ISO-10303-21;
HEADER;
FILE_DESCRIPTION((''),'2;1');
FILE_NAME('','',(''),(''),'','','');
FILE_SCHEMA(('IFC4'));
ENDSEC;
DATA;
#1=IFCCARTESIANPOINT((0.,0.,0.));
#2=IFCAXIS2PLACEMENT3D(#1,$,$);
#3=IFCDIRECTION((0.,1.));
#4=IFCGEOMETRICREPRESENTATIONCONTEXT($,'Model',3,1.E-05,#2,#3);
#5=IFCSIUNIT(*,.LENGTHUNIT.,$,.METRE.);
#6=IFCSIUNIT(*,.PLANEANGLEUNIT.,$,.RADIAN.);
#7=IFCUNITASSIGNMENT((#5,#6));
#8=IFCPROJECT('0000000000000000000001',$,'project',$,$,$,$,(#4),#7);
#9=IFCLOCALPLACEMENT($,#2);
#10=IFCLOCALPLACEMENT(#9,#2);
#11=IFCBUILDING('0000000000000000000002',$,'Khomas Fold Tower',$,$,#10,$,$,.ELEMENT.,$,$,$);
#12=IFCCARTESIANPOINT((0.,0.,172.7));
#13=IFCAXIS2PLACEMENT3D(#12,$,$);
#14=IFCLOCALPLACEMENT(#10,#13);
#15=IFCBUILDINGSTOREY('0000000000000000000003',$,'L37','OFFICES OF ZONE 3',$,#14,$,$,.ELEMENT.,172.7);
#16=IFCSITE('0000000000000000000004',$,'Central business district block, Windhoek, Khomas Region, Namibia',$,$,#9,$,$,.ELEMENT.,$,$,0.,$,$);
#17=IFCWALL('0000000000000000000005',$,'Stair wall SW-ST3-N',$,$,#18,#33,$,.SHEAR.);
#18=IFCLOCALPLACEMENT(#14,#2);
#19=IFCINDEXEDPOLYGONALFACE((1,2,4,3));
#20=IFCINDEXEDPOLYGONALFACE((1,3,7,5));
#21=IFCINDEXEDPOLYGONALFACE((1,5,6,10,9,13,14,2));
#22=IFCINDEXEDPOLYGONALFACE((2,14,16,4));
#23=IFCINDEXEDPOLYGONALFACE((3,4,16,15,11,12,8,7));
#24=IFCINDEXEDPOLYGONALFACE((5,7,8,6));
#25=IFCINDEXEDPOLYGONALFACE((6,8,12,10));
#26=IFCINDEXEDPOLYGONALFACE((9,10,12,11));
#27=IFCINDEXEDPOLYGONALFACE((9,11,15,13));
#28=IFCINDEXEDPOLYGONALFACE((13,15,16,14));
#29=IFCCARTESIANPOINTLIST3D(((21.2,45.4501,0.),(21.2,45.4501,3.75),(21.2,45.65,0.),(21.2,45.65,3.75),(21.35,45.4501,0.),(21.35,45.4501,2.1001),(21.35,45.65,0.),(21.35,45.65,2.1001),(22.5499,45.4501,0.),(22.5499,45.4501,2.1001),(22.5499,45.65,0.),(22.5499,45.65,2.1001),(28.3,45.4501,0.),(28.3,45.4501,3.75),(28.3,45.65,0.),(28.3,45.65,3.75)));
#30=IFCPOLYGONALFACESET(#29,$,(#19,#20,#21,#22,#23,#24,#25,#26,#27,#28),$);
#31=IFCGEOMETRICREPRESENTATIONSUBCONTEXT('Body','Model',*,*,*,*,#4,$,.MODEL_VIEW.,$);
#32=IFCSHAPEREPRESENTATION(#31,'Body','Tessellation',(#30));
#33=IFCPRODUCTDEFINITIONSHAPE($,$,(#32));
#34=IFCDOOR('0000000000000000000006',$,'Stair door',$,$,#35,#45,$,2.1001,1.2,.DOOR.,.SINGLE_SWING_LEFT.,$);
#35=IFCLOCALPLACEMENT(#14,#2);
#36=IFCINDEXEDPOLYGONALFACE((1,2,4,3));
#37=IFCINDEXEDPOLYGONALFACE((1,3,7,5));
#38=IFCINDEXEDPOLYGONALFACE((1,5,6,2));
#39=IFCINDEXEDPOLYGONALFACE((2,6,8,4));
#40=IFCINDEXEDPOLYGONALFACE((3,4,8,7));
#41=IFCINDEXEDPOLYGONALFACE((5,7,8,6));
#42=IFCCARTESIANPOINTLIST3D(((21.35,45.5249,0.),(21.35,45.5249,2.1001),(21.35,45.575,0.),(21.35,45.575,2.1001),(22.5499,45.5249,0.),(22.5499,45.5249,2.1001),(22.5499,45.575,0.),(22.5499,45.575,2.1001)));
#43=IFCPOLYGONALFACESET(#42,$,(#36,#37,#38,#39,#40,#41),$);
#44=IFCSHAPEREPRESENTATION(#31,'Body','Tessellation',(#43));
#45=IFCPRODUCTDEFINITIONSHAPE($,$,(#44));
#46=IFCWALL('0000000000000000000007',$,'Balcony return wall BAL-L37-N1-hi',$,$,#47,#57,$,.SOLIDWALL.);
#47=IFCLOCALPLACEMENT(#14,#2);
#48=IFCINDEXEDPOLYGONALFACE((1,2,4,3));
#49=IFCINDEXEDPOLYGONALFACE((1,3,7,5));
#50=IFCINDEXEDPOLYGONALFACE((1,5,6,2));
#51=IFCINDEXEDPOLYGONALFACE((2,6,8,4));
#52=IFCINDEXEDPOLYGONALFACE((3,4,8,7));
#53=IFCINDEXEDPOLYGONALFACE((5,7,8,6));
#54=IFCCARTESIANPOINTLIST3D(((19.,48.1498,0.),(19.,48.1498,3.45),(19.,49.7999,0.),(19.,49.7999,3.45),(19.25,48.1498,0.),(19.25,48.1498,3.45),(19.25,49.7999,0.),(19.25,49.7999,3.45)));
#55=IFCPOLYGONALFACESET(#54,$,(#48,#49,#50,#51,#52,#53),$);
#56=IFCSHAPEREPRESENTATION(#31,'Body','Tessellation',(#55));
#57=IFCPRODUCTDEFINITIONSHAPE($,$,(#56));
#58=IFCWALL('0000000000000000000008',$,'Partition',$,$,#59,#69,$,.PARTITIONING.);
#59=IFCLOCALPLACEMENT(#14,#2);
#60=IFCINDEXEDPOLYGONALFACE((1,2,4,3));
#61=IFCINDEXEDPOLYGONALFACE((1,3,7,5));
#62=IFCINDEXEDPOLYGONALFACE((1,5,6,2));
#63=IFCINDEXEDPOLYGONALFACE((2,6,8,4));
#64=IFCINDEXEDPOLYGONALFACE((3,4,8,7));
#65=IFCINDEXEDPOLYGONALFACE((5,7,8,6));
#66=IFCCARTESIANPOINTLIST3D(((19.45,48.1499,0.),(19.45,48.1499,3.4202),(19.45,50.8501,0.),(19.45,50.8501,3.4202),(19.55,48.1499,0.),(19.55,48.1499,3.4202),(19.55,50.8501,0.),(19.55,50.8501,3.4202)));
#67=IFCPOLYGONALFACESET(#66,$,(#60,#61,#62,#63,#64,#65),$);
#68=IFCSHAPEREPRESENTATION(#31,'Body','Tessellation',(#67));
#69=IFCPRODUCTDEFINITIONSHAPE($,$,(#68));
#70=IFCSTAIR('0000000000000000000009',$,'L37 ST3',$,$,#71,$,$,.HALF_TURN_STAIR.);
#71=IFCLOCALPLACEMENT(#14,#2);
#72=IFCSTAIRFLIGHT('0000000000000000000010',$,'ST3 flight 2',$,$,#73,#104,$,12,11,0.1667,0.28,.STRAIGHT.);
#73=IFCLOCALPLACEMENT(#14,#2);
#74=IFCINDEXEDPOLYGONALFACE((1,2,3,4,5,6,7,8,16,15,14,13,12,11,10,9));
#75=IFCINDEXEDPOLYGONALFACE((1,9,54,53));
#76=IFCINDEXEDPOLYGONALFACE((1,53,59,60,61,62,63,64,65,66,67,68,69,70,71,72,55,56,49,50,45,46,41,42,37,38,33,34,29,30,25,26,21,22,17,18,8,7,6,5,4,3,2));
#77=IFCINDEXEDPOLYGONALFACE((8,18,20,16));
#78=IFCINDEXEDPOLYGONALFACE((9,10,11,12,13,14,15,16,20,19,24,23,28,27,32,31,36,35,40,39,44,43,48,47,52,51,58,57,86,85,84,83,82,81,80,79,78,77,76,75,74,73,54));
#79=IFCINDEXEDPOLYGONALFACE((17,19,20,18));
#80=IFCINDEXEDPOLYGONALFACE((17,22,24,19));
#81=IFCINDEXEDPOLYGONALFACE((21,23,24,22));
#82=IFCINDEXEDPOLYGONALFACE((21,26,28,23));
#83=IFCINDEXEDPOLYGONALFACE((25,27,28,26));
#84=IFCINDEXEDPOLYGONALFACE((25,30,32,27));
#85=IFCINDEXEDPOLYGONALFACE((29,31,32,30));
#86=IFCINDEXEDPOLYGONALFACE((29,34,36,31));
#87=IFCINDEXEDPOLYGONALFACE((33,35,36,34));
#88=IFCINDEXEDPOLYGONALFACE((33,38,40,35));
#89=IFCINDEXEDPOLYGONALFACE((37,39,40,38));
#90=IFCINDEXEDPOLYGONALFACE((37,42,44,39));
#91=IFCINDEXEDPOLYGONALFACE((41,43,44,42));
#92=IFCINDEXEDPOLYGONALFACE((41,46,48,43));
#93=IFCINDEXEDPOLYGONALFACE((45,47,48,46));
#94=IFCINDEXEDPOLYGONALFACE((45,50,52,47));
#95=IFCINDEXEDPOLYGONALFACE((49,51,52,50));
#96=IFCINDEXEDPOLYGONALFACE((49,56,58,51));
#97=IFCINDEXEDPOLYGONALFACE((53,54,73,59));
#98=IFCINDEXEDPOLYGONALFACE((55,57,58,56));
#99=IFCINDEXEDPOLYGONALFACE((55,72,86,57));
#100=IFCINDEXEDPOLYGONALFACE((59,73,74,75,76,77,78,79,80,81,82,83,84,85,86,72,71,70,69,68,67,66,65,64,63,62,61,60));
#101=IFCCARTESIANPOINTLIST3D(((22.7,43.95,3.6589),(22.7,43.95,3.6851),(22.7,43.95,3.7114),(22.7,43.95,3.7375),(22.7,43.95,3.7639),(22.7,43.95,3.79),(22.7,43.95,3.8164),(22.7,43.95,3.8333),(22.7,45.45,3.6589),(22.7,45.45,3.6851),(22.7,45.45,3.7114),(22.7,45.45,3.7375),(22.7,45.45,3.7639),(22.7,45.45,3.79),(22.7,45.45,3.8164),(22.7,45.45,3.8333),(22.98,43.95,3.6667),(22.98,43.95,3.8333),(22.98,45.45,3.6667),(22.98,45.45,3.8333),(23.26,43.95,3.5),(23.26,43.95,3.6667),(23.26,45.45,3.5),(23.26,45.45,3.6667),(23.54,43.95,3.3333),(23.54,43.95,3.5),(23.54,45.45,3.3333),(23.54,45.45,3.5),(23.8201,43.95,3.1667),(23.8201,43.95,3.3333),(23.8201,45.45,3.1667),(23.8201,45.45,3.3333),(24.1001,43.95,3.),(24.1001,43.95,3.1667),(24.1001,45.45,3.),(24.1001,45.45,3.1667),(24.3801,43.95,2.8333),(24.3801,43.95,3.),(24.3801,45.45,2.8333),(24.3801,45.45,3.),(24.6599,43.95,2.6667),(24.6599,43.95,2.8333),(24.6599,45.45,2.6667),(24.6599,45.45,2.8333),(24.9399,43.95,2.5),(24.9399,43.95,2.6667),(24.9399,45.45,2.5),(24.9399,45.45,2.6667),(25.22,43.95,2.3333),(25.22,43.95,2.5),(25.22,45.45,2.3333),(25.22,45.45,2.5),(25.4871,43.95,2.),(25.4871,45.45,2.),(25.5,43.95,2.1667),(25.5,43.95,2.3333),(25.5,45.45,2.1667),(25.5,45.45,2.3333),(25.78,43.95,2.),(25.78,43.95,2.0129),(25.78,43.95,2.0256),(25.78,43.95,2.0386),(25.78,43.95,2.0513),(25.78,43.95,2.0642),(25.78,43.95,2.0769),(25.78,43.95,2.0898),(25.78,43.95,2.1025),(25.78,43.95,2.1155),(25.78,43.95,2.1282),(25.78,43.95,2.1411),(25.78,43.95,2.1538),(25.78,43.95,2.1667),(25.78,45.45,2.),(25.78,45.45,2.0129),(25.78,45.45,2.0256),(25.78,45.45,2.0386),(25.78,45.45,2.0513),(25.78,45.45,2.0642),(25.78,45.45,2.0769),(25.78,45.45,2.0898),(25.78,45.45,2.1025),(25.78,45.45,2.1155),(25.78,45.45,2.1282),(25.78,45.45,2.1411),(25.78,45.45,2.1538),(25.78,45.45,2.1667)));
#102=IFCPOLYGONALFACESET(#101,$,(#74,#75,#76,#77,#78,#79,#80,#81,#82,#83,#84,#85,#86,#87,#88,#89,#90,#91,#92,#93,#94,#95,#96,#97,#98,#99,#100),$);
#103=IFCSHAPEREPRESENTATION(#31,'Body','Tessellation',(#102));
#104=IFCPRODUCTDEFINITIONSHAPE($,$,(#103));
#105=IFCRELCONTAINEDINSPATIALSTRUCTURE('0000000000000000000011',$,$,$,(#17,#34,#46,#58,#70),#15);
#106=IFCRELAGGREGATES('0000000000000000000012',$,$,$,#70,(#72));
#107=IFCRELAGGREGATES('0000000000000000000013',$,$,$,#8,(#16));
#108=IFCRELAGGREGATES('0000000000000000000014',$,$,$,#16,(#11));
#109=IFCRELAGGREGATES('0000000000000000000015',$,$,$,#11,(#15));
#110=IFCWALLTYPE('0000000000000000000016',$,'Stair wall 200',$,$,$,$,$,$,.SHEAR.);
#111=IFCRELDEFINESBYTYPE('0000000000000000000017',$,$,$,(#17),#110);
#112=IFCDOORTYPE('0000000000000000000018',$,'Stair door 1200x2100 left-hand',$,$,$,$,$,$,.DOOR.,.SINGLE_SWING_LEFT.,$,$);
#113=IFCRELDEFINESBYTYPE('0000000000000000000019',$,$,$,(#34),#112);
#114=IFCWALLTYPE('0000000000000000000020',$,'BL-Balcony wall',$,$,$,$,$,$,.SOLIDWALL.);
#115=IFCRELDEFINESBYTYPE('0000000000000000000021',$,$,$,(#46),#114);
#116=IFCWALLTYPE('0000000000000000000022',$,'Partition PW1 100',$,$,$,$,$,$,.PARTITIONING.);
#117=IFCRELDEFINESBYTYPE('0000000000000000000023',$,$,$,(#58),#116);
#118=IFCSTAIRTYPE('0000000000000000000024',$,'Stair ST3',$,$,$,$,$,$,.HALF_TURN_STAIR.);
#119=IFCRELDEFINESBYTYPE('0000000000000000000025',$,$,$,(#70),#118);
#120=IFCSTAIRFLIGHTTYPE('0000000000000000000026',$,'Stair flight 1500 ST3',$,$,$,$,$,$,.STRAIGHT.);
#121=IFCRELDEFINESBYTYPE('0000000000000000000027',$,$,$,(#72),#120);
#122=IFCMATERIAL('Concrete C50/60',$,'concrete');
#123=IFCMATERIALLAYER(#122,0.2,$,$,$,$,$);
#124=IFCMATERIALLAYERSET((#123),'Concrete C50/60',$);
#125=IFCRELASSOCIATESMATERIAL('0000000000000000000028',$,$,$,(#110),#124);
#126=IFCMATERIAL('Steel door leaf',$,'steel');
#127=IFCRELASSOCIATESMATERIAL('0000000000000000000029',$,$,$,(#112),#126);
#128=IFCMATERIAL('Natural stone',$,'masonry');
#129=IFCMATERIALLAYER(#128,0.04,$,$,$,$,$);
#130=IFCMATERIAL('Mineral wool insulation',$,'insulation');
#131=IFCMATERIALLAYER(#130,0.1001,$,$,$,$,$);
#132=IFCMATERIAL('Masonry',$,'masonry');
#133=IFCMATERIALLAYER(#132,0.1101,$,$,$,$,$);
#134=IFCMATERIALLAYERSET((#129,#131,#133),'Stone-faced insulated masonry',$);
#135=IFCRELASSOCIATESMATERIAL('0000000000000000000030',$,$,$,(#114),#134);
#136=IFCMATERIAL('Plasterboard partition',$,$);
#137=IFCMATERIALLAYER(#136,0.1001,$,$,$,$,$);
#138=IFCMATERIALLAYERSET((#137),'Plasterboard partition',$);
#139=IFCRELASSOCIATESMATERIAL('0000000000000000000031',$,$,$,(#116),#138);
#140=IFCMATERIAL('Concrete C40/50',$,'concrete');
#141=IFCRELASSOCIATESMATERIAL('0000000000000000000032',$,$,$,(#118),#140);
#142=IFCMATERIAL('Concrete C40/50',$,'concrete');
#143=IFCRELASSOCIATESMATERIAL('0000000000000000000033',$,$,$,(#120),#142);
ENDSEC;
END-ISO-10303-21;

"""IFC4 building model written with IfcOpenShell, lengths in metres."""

from ifc_helpers import new_model, si_unit, direction, frame, frame_2d, origin, place, context, subcontext, project, spatial, polyline, rectangle, outline, extrude, source, transform, mapped, material, layer, layer_set, type_object, element, fill, aggregate, save


model = new_model("IFC4")

# Units and contexts
model_context = context("Model", 3, precision=1e-05, world=origin(), true_north=direction((0.0, 1.0)))
body_context = subcontext(model_context, "Body", "Model", "MODEL_VIEW")
ifc_project = project(units=[si_unit("LENGTHUNIT", "METRE"), si_unit("PLANEANGLEUNIT", "RADIAN")], contexts=[model_context])

# Site, building, storey
site_placement = place(None, origin())
site = spatial("IfcSite", under=ifc_project, at=site_placement, Name="Central business district block, Windhoek, Khomas Region, Namibia", CompositionType="ELEMENT", RefElevation=0.0)
building_placement = place(site_placement, origin())
building = spatial("IfcBuilding", under=site, at=building_placement, Name="Khomas Fold Tower", CompositionType="ELEMENT")
storey_placement = place(building_placement, frame((0.0, 0.0, 172.7)))
storey = spatial("IfcBuildingStorey", under=building, at=storey_placement, Name="L37", Description="OFFICES OF ZONE 3", CompositionType="ELEMENT", Elevation=172.7)

# Wall, opening, door
ifc_material_1 = material(Name="Concrete C50/60", Category="concrete")
ifc_layer_1 = layer(ifc_material_1, 0.2)
ifc_layer_set_1 = layer_set([ifc_layer_1], Name="Concrete C50/60")
wall_type_1 = type_object("IfcWallType", Name="Stair wall 200", PredefinedType="SHEAR", material=ifc_layer_set_1)
shared_shape_1 = source(origin(), body_context, "Body", "SweptSolid", [
    extrude(rectangle(XDim=7.1001, YDim=0.2, at=frame_2d((3.55, 0.0))), origin(), (0.0, 0.0, 1.0), 3.75),
])
wall_1_placement = place(storey_placement, frame((21.2, 45.55, 0.0), z_axis=(0.0, 0.0, 1.0), x_axis=(1.0, 0.0, 0.0)))
wall_1 = element("IfcWall", 1, at=wall_1_placement, inside=storey, type_object=wall_type_1, Name="Stair wall SW-ST3-N", PredefinedType="SHEAR", context=body_context, shape_type="MappedRepresentation", body=[
    mapped(shared_shape_1, transform((0.0, 0.0, 0.0))),
])
shared_shape_2 = source(origin(), body_context, "Body", "SweptSolid", [
    extrude(rectangle(XDim=1.2, YDim=2.1001, at=frame_2d((0.6001, 1.05))), frame((0.0, 0.1099, 0.0), z_axis=(0.0, -1.0, 0.0), x_axis=(1.0, 0.0, 0.0)), (0.0, 0.0, 1.0), 0.22),
])
opening_placement = place(wall_1_placement, frame((0.1499, 0.0, 0.0)))
opening = element("IfcOpeningElement", 2, at=opening_placement, cuts=wall_1, PredefinedType="OPENING", context=body_context, shape_type="MappedRepresentation", body=[
    mapped(shared_shape_2, transform((0.0, 0.0, 0.0))),
])
ifc_material_2 = material(Name="Steel door leaf", Category="steel")
door_type = type_object("IfcDoorType", Name="Stair door 1200x2100 left-hand", OperationType="SINGLE_SWING_LEFT", PredefinedType="DOOR", material=ifc_material_2)
shared_shape_3 = source(origin(), body_context, "Body", "SweptSolid", [
    extrude(rectangle(XDim=1.2, YDim=2.1001, at=frame_2d((0.6001, 1.05))), frame((0.0, 0.0249, 0.0), z_axis=(0.0, -1.0, 0.0), x_axis=(1.0, 0.0, 0.0)), (0.0, 0.0, 1.0), 0.05),
])
door_placement = place(opening_placement, origin())
door = element("IfcDoor", 3, at=door_placement, inside=storey, type_object=door_type, Name="Stair door", OperationType="SINGLE_SWING_LEFT", OverallHeight=2.1001, OverallWidth=1.2, PredefinedType="DOOR", context=body_context, shape_type="MappedRepresentation", body=[
    mapped(shared_shape_3, transform((0.0, 0.0, 0.0))),
])
fill(opening, door)

# Walls
ifc_material_3 = material(Name="Natural stone", Category="masonry")
ifc_layer_2 = layer(ifc_material_3, 0.04)
ifc_material_4 = material(Name="Mineral wool insulation", Category="insulation")
ifc_layer_3 = layer(ifc_material_4, 0.1001)
ifc_material_5 = material(Name="Masonry", Category="masonry")
ifc_layer_4 = layer(ifc_material_5, 0.1101)
ifc_layer_set_2 = layer_set([ifc_layer_2, ifc_layer_3, ifc_layer_4], Name="Stone-faced insulated masonry")
wall_type_2 = type_object("IfcWallType", Name="BL-Balcony wall", PredefinedType="SOLIDWALL", material=ifc_layer_set_2)
shared_shape_4 = source(origin(), body_context, "Body", "SweptSolid", [
    extrude(rectangle(XDim=1.6501, YDim=0.25, at=frame_2d((0.8252, 0.0))), origin(), (0.0, 0.0, 1.0), 3.45),
])
wall_2_placement = place(storey_placement, frame((19.125, 49.8, 0.0), z_axis=(0.0, 0.0, 1.0), x_axis=(0.0, -1.0, 0.0)))
element("IfcWall", 4, at=wall_2_placement, inside=storey, type_object=wall_type_2, Name="Balcony return wall BAL-L37-N1-hi", PredefinedType="SOLIDWALL", context=body_context, shape_type="MappedRepresentation", body=[
    mapped(shared_shape_4, transform((0.0, 0.0, 0.0))),
])
ifc_material_6 = material(Name="Plasterboard partition")
ifc_layer_5 = layer(ifc_material_6, 0.1001)
ifc_layer_set_3 = layer_set([ifc_layer_5], Name="Plasterboard partition")
wall_type_3 = type_object("IfcWallType", Name="Partition PW1 100", PredefinedType="PARTITIONING", material=ifc_layer_set_3)
shared_shape_5 = source(origin(), body_context, "Body", "SweptSolid", [
    extrude(rectangle(XDim=2.7002, YDim=0.1001, at=frame_2d((1.3501, 0.0))), origin(), (0.0, 0.0, 1.0), 3.4202),
])
wall_3_placement = place(storey_placement, frame((19.5, 48.1499, 0.0), z_axis=(0.0, 0.0, 1.0), x_axis=(0.0, 1.0, 0.0)))
element("IfcWall", 5, at=wall_3_placement, inside=storey, type_object=wall_type_3, Name="Partition", PredefinedType="PARTITIONING", context=body_context, shape_type="MappedRepresentation", body=[
    mapped(shared_shape_5, transform((0.0, 0.0, 0.0))),
])

# Stair, stair flight
ifc_material_7 = material(Name="Concrete C40/50", Category="concrete")
stair_type = type_object("IfcStairType", Name="Stair ST3", PredefinedType="HALF_TURN_STAIR", material=ifc_material_7)
stair_placement = place(storey_placement, origin())
stair = element("IfcStair", 6, at=stair_placement, inside=storey, type_object=stair_type, Name="L37 ST3", PredefinedType="HALF_TURN_STAIR")
ifc_material_8 = material(Name="Concrete C40/50", Category="concrete")
stair_flight_type = type_object("IfcStairFlightType", Name="Stair flight 1500 ST3", PredefinedType="STRAIGHT", material=ifc_material_8)
shared_shape_6 = source(origin(), body_context, "Body", "SweptSolid", [
    extrude(outline(polyline([(0.0, 0.0), (0.0, 0.0129), (0.0, 0.0256), (0.0, 0.0386), (0.0, 0.0513), (0.0, 0.0642), (0.0, 0.0769), (0.0, 0.0898), (0.0, 0.1025), (0.0, 0.1155), (0.0, 0.1282), (0.0, 0.1411), (0.0, 0.1538), (0.0, 0.1667), (0.28, 0.1667), (0.28, 0.3333), (0.5601, 0.3333), (0.5601, 0.5), (0.8401, 0.5), (0.8401, 0.6667), (1.1201, 0.6667), (1.1201, 0.8333), (1.3999, 0.8333), (1.3999, 1.0), (1.6799, 1.0), (1.6799, 1.1667), (1.96, 1.1667), (1.96, 1.3333), (2.24, 1.3333), (2.24, 1.5), (2.52, 1.5), (2.52, 1.6667), (2.8, 1.6667), (2.8, 1.8333), (3.0801, 1.8333), (3.0801, 2.0), (3.0801, 1.9739), (3.0801, 1.9475), (3.0801, 1.9214), (3.0801, 1.895), (3.0801, 1.8689), (3.0801, 1.8425), (3.0801, 1.8164), (3.0801, 1.79), (3.0801, 1.7639), (3.0801, 1.7375), (3.0801, 1.7114), (3.0801, 1.6851), (3.0801, 1.6589), (0.293, 0.0), (0.0, 0.0)])), frame((0.0, 0.75, 0.0), z_axis=(0.0, -1.0, 0.0), x_axis=(1.0, 0.0, 0.0)), (0.0, 0.0, 1.0), 1.5),
])
stair_flight_placement = place(storey_placement, frame((25.78, 44.7, 2.0), z_axis=(0.0, 0.0, 1.0), x_axis=(-1.0, 0.0, 0.0)))
stair_flight = element("IfcStairFlight", 7, at=stair_flight_placement, type_object=stair_flight_type, Name="ST3 flight 2", NumberOfRisers=12, NumberOfTreads=11, PredefinedType="STRAIGHT", RiserHeight=0.1667, TreadLength=0.28, context=body_context, shape_type="MappedRepresentation", body=[
    mapped(shared_shape_6, transform((0.0, 0.0, 0.0))),
])
aggregate(stair, [stair_flight])

save(model, "model.ifc")
